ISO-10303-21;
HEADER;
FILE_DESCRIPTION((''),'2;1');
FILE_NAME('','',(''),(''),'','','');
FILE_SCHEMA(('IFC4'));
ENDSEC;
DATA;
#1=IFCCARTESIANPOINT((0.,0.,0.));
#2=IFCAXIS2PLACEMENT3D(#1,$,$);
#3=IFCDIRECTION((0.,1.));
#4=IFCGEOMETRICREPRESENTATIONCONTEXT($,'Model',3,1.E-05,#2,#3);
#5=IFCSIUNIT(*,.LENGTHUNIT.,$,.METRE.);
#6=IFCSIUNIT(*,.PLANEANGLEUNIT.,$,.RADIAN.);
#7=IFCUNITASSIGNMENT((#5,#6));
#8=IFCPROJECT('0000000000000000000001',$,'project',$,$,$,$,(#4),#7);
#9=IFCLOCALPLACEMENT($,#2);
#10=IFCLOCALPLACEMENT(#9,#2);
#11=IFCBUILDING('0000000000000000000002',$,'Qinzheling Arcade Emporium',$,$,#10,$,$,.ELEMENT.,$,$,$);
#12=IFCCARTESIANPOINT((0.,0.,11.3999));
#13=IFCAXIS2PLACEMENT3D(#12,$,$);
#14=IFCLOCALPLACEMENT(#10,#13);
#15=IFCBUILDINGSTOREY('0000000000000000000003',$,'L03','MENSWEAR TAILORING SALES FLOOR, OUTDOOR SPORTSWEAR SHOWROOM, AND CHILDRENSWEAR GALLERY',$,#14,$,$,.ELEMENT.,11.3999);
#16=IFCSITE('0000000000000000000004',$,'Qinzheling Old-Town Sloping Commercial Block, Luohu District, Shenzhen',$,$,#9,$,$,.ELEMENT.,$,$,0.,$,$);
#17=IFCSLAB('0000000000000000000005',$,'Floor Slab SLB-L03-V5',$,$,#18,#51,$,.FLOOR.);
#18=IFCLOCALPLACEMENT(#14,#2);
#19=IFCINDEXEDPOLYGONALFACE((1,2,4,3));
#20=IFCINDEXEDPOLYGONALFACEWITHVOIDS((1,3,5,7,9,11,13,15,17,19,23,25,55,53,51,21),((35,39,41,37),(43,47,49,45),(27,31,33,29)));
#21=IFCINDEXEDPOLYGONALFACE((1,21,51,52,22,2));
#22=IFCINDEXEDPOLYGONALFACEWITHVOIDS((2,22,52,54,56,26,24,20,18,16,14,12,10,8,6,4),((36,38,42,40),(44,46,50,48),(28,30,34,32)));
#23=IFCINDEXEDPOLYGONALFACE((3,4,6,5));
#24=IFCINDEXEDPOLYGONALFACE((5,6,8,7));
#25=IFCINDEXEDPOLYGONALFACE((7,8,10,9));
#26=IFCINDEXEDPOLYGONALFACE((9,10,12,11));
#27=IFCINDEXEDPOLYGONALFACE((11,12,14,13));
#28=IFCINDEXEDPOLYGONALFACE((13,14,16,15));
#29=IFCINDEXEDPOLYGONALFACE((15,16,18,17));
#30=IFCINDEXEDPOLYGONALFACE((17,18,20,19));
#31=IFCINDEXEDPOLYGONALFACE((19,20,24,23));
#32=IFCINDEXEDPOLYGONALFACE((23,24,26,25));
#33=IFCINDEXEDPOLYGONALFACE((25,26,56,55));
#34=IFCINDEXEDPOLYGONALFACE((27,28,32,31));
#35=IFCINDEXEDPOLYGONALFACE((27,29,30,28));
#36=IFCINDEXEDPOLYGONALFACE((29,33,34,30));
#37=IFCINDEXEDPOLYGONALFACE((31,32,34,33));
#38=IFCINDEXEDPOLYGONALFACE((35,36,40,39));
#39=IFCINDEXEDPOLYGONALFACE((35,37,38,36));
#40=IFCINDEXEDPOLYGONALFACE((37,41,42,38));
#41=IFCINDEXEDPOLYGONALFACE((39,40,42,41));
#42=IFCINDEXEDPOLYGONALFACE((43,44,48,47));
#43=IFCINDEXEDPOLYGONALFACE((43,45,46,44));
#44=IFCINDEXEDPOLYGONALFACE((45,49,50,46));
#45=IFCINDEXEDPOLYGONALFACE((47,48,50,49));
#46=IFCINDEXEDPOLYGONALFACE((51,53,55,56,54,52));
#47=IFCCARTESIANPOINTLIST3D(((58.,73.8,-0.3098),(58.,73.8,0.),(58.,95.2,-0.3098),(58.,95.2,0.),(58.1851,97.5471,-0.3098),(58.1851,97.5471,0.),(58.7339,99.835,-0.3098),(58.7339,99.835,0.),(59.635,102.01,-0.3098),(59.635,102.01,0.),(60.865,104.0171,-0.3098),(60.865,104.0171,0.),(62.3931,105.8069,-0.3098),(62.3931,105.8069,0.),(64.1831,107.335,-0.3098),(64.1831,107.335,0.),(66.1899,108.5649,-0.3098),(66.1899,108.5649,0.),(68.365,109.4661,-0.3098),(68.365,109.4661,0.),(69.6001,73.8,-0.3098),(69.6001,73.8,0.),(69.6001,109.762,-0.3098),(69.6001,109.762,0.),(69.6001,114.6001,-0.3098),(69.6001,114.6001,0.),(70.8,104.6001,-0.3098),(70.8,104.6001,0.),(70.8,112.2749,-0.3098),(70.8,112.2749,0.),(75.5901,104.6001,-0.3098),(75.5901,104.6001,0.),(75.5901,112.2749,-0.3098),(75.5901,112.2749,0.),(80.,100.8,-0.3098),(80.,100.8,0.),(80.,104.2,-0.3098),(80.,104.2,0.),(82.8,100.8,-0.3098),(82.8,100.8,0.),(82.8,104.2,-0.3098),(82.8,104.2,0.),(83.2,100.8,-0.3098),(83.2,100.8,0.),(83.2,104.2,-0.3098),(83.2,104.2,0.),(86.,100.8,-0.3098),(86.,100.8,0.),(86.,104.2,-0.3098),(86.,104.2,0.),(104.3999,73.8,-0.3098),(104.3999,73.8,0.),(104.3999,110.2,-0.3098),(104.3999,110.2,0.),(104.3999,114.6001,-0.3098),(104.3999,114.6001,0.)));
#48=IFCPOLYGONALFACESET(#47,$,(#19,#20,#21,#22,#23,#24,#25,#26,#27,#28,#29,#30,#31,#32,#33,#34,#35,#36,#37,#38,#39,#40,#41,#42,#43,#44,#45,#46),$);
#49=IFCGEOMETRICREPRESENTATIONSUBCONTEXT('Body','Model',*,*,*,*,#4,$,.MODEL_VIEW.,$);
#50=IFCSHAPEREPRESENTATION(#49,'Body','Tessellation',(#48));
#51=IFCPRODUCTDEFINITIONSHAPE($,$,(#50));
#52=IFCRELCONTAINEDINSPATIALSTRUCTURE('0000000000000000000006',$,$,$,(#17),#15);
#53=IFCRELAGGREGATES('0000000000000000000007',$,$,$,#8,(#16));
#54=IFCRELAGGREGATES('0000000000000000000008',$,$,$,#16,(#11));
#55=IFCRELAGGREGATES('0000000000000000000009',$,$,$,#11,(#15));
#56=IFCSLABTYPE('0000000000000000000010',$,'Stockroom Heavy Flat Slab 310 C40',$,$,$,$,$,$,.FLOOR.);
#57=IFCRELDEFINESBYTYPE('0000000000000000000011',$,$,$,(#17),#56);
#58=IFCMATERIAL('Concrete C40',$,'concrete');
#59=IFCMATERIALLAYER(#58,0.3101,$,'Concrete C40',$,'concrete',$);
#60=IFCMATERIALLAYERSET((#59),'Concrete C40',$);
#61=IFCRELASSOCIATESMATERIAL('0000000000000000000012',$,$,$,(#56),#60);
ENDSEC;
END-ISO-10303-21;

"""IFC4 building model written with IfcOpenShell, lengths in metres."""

from ifc_helpers import new_model, si_unit, direction, frame, origin, place, context, subcontext, project, spatial, polyline, outline, extrude, material, layer, layer_set, type_object, element, save


model = new_model("IFC4")

# Units and contexts
model_context = context("Model", 3, precision=1e-05, world=origin(), true_north=direction((0.0, 1.0)))
body_context = subcontext(model_context, "Body", "Model", "MODEL_VIEW")
ifc_project = project(units=[si_unit("LENGTHUNIT", "METRE"), si_unit("PLANEANGLEUNIT", "RADIAN")], contexts=[model_context])

# Site, building, storey
site_placement = place(None, origin())
site = spatial("IfcSite", under=ifc_project, at=site_placement, Name="Qinzheling Old-Town Sloping Commercial Block, Luohu District, Shenzhen", CompositionType="ELEMENT", RefElevation=0.0)
building_placement = place(site_placement, origin())
building = spatial("IfcBuilding", under=site, at=building_placement, Name="Qinzheling Arcade Emporium", CompositionType="ELEMENT")
storey_placement = place(building_placement, frame((0.0, 0.0, 11.3999)))
storey = spatial("IfcBuildingStorey", under=building, at=storey_placement, Name="L03", Description="MENSWEAR TAILORING SALES FLOOR, OUTDOOR SPORTSWEAR SHOWROOM, AND CHILDRENSWEAR GALLERY", CompositionType="ELEMENT", Elevation=11.3999)

# Slab
ifc_material = material(Name="Concrete C40", Category="concrete")
ifc_layer_1 = layer(ifc_material, 0.3101, Name="Concrete C40", Category="concrete")
ifc_layer_set_1 = layer_set([ifc_layer_1], Name="Concrete C40")
slab_type_1 = type_object("IfcSlabType", Name="Stockroom Heavy Flat Slab 310 C40", PredefinedType="FLOOR", material=ifc_layer_set_1)
slab_1_placement = place(storey_placement, frame((0.0, 0.0, -0.3098)))
element("IfcSlab", 1, at=slab_1_placement, inside=storey, type_object=slab_type_1, Name="Floor Slab SLB-L03-V5", PredefinedType="FLOOR", context=body_context, shape_type="SweptSolid", body=[
    extrude(outline(polyline([(69.6001, 73.8), (104.3999, 73.8), (104.3999, 110.2), (104.3999, 114.6001), (69.6001, 114.6001), (69.6001, 109.762), (68.365, 109.4661), (66.1899, 108.5649), (64.1831, 107.335), (62.3931, 105.8069), (60.865, 104.0171), (59.635, 102.01), (58.7339, 99.835), (58.1851, 97.5471), (58.0, 95.2), (58.0, 73.8), (69.6001, 73.8)]), holes=[polyline([(83.2, 100.8), (83.2, 104.2), (86.0, 104.2), (86.0, 100.8), (83.2, 100.8)]), polyline([(82.8, 100.8), (80.0, 100.8), (80.0, 104.2), (82.8, 104.2), (82.8, 100.8)]), polyline([(75.5901, 104.6001), (70.8, 104.6001), (70.8, 112.2749), (75.5901, 112.2749), (75.5901, 104.6001)])]), origin(), (0.0, 0.0, 1.0), 0.3098),
])

save(model, "model.ifc")
